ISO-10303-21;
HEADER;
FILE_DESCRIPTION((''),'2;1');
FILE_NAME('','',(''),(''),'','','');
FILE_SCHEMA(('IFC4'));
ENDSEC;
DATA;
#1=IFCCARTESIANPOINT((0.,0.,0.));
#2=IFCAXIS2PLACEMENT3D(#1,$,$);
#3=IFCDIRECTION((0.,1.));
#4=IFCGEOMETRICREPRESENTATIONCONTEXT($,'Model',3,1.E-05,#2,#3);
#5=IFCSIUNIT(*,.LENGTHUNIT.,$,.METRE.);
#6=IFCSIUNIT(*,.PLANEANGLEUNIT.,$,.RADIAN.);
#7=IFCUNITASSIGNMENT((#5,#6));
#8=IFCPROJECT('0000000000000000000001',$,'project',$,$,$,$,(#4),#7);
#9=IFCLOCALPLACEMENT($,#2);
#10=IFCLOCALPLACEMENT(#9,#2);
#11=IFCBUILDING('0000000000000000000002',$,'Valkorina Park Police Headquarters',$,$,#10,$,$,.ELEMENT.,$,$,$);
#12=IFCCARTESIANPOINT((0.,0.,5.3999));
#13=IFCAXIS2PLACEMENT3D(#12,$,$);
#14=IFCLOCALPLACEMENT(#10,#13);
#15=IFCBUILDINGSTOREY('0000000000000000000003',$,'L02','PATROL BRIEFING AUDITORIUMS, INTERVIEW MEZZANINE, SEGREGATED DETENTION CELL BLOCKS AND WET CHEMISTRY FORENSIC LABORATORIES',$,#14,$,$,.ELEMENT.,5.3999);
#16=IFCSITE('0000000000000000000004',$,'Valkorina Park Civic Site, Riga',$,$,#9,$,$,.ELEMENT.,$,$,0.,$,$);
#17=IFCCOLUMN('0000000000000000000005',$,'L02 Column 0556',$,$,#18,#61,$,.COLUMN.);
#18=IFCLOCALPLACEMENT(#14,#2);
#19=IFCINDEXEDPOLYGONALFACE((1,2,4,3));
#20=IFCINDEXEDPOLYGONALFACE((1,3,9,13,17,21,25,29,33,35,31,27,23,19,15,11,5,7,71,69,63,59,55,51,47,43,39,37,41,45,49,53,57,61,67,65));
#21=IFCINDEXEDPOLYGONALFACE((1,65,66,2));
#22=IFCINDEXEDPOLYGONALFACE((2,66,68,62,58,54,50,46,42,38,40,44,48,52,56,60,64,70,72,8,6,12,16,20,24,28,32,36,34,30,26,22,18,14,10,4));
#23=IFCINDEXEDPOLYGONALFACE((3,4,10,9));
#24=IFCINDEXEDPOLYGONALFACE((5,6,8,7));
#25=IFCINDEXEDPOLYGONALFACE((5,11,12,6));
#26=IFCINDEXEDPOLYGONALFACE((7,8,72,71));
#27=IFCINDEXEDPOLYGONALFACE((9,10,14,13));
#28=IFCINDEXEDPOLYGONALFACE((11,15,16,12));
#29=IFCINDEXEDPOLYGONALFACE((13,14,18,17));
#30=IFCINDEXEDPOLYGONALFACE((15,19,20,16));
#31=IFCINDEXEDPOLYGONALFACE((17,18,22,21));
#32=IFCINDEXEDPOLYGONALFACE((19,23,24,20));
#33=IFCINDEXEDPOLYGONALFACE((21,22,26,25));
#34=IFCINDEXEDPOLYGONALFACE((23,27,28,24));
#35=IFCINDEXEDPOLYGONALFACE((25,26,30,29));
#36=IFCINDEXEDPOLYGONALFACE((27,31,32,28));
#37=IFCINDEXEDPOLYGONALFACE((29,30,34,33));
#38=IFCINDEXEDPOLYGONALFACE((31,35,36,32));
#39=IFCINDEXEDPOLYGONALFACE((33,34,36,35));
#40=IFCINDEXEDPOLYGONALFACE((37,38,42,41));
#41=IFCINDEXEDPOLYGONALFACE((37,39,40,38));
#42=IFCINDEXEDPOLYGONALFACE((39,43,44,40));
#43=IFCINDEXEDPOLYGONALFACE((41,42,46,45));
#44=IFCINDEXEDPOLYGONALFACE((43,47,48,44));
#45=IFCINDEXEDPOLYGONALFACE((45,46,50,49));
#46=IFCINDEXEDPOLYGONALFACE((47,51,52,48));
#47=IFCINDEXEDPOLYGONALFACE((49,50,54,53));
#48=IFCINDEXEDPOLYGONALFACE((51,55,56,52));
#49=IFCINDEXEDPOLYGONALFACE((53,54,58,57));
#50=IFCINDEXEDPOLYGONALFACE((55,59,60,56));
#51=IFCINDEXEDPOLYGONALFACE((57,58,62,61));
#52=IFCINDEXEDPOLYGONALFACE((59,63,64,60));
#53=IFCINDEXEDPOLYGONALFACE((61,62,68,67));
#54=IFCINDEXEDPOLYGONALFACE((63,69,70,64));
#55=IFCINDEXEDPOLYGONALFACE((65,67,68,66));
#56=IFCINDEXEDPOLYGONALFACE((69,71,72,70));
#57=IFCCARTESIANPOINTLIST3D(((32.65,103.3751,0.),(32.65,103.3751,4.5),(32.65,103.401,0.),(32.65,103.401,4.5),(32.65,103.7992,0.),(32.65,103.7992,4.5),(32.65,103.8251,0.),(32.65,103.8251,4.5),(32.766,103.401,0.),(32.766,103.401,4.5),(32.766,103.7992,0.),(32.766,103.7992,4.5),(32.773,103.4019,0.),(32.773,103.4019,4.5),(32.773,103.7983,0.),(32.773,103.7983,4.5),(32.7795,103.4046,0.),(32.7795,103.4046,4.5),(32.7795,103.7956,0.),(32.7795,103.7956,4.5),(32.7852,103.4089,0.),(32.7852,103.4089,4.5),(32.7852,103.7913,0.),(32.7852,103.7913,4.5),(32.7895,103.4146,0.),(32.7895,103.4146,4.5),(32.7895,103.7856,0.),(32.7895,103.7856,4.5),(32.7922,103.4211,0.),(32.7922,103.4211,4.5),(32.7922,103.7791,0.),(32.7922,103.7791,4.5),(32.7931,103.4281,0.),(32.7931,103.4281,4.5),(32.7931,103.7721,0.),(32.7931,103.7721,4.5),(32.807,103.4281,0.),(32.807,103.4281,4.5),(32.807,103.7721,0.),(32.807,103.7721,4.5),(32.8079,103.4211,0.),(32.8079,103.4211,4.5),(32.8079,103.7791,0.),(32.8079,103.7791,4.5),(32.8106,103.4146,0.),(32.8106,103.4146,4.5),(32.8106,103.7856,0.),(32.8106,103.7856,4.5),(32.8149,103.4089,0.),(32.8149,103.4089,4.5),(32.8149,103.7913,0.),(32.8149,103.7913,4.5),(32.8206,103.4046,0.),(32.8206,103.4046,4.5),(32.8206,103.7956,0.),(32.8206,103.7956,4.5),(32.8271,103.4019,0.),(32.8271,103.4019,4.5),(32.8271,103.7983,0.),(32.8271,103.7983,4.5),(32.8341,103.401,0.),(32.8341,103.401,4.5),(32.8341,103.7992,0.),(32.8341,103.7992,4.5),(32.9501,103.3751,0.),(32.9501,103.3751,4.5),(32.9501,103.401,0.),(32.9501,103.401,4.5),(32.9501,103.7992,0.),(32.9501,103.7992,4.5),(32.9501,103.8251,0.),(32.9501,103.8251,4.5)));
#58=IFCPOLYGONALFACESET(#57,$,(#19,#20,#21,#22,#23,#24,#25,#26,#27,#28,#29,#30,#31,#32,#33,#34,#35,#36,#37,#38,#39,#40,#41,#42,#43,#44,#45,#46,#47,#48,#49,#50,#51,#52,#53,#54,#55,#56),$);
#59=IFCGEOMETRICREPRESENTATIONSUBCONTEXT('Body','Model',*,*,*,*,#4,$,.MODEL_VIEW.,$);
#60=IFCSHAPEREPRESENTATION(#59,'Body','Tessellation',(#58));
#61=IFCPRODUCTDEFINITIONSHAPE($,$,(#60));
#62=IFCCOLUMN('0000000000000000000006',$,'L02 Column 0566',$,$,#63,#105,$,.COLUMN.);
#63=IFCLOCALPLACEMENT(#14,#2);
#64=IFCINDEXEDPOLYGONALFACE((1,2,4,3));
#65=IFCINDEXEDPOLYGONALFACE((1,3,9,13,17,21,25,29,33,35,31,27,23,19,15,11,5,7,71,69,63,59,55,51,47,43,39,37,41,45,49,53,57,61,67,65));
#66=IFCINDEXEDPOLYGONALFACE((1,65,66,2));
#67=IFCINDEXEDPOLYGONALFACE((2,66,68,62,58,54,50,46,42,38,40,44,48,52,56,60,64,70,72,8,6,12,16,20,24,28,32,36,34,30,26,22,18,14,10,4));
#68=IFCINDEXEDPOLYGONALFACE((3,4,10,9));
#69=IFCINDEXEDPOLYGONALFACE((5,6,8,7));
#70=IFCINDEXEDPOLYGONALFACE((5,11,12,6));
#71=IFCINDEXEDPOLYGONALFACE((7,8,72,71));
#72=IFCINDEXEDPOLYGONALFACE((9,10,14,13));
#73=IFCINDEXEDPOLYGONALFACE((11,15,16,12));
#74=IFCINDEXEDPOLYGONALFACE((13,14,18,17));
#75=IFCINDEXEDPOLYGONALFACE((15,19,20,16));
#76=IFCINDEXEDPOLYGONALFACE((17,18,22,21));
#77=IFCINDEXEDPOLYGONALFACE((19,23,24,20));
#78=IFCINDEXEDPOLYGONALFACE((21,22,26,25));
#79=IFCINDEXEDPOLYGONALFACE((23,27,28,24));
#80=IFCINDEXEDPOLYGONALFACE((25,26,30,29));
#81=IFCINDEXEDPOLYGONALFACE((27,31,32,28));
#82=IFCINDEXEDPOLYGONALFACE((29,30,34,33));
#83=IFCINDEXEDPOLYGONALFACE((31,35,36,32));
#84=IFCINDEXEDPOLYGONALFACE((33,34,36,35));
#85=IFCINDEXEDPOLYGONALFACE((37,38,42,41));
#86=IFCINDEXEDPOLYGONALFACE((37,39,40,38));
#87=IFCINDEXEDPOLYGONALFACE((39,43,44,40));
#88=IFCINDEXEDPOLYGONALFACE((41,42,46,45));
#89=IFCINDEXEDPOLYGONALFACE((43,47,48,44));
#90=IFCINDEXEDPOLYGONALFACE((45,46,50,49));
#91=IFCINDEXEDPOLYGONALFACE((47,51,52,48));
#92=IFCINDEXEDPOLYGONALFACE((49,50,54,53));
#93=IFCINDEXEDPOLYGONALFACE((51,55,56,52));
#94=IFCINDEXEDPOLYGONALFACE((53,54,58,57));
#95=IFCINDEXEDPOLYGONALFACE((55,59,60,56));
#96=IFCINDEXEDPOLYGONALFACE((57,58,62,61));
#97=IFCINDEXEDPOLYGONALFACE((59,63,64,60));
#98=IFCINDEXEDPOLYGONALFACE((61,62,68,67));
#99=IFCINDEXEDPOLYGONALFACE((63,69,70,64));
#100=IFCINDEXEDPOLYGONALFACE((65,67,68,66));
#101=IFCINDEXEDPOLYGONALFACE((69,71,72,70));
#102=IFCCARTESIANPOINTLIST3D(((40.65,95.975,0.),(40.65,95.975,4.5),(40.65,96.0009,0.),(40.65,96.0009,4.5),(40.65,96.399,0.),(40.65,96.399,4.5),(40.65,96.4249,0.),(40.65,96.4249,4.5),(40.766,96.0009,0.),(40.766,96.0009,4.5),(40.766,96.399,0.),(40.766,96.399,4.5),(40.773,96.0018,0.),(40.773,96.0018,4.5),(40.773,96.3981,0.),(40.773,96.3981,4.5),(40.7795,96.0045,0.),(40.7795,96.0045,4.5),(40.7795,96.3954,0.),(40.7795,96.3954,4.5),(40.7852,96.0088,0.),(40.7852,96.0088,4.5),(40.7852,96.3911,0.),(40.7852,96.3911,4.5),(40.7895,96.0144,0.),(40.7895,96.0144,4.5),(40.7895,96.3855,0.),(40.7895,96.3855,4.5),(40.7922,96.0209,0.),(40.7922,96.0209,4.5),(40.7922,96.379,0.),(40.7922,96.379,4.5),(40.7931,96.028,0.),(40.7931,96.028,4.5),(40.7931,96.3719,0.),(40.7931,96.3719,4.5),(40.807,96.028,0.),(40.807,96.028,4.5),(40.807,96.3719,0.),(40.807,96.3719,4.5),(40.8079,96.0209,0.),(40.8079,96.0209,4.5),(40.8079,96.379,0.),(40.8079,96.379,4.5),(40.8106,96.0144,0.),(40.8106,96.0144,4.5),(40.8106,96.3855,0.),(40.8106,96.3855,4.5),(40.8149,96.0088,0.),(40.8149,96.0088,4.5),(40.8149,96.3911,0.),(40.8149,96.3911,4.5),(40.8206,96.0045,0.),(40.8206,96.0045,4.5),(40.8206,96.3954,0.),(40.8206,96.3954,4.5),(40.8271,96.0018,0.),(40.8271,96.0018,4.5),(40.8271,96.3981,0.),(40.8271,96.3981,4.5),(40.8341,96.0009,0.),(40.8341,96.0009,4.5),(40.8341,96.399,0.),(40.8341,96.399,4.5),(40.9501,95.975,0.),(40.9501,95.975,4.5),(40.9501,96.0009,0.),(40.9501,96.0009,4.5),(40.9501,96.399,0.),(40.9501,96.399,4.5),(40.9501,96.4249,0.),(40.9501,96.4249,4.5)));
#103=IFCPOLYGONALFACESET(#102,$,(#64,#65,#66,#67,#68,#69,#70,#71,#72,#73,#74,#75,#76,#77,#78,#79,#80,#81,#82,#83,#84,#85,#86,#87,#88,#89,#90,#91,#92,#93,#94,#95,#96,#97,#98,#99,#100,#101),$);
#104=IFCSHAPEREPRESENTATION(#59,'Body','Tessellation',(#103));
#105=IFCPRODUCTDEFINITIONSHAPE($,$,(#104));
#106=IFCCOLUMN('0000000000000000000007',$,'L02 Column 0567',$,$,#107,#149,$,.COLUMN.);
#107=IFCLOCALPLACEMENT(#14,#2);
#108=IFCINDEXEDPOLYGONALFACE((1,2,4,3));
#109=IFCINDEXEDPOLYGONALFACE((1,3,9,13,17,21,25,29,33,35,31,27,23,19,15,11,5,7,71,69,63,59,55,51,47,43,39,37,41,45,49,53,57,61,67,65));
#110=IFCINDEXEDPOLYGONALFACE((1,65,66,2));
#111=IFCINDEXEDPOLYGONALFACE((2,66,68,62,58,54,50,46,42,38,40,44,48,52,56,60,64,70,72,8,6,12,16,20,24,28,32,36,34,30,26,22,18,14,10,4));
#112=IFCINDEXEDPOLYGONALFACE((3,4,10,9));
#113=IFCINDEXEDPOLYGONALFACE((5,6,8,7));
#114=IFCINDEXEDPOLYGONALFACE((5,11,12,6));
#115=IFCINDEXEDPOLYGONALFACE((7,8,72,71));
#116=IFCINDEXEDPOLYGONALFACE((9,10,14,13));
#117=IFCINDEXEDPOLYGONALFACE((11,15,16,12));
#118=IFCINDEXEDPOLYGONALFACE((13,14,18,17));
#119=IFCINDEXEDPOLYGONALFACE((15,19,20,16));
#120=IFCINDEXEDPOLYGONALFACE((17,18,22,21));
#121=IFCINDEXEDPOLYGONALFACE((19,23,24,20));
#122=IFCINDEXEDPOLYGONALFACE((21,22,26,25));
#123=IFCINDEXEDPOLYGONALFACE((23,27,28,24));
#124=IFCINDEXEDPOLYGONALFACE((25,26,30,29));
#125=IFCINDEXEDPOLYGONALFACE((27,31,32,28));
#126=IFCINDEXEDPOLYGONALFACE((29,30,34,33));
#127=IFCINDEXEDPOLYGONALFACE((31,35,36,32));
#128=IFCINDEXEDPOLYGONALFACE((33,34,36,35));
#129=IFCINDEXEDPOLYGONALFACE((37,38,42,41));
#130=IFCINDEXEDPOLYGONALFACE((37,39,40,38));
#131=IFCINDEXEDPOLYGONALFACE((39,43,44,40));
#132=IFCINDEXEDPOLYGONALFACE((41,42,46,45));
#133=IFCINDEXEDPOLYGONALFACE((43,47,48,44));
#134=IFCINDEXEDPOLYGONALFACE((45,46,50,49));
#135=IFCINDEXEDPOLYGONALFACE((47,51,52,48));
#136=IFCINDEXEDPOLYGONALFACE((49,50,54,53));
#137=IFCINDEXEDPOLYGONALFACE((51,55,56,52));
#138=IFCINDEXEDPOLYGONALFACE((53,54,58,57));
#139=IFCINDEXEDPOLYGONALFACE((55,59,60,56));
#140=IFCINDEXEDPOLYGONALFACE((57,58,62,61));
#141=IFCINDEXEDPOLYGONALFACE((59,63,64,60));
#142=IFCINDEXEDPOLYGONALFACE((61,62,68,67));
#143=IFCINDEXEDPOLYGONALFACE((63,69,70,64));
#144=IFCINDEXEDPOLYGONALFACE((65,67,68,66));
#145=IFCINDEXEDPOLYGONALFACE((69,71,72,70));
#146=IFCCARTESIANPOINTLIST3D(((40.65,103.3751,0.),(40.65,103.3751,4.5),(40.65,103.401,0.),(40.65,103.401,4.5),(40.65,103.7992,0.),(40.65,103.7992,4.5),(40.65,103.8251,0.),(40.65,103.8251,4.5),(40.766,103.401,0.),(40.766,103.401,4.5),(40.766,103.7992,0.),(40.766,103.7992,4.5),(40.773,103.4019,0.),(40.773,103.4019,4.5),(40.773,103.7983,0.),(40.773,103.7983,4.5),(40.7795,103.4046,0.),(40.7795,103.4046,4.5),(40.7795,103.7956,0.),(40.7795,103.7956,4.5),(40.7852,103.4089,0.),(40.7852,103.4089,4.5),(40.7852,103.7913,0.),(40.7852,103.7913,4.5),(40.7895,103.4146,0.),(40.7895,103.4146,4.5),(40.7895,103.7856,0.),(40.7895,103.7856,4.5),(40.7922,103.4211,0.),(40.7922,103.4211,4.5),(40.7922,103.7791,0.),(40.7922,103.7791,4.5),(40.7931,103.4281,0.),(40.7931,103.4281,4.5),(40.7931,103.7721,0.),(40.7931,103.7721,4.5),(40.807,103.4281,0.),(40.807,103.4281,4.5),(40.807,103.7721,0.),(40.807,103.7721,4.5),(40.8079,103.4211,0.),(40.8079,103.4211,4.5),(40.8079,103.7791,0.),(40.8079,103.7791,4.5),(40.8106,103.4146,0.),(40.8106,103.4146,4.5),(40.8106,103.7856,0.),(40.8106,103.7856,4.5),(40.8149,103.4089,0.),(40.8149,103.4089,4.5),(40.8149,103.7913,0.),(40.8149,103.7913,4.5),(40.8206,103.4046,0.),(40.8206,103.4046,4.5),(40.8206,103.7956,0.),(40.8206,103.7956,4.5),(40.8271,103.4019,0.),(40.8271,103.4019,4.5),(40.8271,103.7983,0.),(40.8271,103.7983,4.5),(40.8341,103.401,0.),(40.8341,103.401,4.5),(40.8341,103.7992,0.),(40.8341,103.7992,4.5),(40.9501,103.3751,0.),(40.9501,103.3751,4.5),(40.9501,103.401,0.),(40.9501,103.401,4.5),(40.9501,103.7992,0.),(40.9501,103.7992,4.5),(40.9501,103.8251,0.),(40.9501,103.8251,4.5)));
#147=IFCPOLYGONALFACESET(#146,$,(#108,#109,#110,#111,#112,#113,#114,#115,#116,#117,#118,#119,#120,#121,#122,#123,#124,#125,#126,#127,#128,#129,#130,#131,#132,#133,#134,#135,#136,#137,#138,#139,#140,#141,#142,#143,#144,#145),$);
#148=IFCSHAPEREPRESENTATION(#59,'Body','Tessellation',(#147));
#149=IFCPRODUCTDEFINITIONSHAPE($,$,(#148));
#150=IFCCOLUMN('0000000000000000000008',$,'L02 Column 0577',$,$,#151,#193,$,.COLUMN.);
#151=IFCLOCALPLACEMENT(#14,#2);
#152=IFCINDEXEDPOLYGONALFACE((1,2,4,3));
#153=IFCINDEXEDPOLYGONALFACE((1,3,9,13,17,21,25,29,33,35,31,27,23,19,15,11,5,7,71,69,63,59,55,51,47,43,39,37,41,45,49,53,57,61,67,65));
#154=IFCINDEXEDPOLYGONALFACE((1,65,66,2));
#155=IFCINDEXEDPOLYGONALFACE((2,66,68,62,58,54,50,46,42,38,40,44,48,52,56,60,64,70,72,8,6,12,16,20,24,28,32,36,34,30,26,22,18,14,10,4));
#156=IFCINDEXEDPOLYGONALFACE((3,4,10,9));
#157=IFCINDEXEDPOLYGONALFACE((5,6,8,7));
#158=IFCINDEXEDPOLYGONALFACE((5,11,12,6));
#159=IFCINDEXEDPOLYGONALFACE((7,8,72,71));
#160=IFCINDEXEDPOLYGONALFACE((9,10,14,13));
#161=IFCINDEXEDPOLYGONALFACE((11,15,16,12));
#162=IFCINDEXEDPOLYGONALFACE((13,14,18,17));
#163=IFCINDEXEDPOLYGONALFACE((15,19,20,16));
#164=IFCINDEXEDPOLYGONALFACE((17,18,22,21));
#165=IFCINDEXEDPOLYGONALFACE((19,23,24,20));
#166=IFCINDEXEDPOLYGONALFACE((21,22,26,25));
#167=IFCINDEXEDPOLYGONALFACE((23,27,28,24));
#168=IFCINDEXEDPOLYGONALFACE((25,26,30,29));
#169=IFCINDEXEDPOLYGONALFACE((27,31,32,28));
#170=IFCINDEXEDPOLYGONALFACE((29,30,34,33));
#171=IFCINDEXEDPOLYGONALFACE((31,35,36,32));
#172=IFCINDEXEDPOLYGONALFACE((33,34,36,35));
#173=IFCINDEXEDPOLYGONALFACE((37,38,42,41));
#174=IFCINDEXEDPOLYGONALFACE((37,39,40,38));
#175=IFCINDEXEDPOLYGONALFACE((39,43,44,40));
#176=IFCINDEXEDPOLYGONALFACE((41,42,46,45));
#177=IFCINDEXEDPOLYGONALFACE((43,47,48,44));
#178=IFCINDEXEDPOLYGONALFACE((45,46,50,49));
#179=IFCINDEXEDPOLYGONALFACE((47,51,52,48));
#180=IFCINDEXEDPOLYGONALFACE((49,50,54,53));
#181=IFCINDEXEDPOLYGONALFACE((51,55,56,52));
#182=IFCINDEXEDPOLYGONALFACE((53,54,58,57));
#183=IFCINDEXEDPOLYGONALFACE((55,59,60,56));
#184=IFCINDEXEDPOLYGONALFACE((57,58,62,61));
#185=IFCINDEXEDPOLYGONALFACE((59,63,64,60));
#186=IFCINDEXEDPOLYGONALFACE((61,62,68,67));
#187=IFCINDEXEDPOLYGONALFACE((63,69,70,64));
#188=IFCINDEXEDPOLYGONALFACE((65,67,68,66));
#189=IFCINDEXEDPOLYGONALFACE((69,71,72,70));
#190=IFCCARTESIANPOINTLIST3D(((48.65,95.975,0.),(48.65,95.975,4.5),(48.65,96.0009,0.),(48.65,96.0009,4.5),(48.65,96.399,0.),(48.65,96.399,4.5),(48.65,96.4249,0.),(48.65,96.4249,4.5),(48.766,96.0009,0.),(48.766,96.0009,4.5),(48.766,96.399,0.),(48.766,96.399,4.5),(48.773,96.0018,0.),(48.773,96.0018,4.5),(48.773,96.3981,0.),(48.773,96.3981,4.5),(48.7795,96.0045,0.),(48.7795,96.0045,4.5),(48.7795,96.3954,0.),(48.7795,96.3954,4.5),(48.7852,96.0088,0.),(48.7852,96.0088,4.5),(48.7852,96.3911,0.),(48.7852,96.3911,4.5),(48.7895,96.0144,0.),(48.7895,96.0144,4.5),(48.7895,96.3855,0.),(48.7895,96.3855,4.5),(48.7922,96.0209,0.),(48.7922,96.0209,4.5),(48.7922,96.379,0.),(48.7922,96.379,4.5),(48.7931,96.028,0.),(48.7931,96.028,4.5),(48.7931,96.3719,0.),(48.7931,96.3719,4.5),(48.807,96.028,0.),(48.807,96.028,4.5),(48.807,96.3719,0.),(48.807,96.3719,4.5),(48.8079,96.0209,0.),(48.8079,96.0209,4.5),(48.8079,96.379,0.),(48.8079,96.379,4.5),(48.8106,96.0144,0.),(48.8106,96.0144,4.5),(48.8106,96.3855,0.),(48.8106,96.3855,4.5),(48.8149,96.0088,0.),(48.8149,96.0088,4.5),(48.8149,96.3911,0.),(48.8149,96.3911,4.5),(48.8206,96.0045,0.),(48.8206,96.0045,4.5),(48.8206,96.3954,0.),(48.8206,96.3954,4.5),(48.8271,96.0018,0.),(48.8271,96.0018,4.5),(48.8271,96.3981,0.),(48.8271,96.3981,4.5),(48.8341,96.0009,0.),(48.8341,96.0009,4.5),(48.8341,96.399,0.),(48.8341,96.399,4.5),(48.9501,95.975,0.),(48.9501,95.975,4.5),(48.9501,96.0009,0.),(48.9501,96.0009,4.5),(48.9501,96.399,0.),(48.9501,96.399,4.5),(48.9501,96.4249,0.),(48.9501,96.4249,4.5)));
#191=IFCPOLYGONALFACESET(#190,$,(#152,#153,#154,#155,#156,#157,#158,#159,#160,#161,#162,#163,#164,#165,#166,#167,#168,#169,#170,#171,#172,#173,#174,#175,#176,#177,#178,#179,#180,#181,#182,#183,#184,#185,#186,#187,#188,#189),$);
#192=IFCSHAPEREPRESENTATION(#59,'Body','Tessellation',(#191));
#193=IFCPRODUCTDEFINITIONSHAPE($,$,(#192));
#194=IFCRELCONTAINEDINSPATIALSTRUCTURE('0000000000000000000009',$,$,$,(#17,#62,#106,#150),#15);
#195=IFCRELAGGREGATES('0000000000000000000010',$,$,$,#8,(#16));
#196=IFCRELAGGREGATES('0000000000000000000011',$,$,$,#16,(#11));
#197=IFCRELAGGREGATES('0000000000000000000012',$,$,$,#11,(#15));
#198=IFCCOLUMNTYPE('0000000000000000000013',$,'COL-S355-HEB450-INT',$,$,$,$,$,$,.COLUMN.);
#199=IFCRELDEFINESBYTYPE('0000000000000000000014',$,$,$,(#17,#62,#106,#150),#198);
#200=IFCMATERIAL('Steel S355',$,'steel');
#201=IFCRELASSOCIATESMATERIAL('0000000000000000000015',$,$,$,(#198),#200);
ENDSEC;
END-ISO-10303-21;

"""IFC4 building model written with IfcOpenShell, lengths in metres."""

from ifc_helpers import new_model, si_unit, direction, frame, origin, origin_2d, place, context, subcontext, project, spatial, i_section, extrude, material, material_profile, profile_set, type_object, element, save


model = new_model("IFC4")

# Units and contexts
model_context = context("Model", 3, precision=1e-05, world=origin(), true_north=direction((0.0, 1.0)))
body_context = subcontext(model_context, "Body", "Model", "MODEL_VIEW")
ifc_project = project(units=[si_unit("LENGTHUNIT", "METRE"), si_unit("PLANEANGLEUNIT", "RADIAN")], contexts=[model_context])

# Site, building, storey
site_placement = place(None, origin())
site = spatial("IfcSite", under=ifc_project, at=site_placement, Name="Valkorina Park Civic Site, Riga", CompositionType="ELEMENT", RefElevation=0.0)
building_placement = place(site_placement, origin())
building = spatial("IfcBuilding", under=site, at=building_placement, Name="Valkorina Park Police Headquarters", CompositionType="ELEMENT")
storey_placement = place(building_placement, frame((0.0, 0.0, 5.3999)))
storey = spatial("IfcBuildingStorey", under=building, at=storey_placement, Name="L02", Description="PATROL BRIEFING AUDITORIUMS, INTERVIEW MEZZANINE, SEGREGATED DETENTION CELL BLOCKS AND WET CHEMISTRY FORENSIC LABORATORIES", CompositionType="ELEMENT", Elevation=5.3999)

# Columns
ifc_material_1 = material(Name="Steel S355", Category="steel")
ifc_material_profile_1 = material_profile(ifc_material_1, i_section(OverallWidth=0.3, OverallDepth=0.45, WebThickness=0.0139, FlangeThickness=0.0259, FilletRadius=0.0271, at=origin_2d()), Name="HEB 450")
ifc_profile_set_1 = profile_set([ifc_material_profile_1], Name="Steel S355")
column_type = type_object("IfcColumnType", Name="COL-S355-HEB450-INT", PredefinedType="COLUMN", material=ifc_profile_set_1)
for number, where, z_axis, x_axis, name in (
    (1, (32.8, 103.6001, 0.0), (0.0, 0.0, 1.0), (1.0, 0.0, 0.0), "L02 Column 0556"),
    (2, (40.8, 96.2, 0.0), (0.0, 0.0, 1.0), (1.0, 0.0, 0.0), "L02 Column 0566"),
    (3, (40.8, 103.6001, 0.0), (0.0, 0.0, 1.0), (1.0, 0.0, 0.0), "L02 Column 0567"),
    (4, (48.8, 96.2, 0.0), (0.0, 0.0, 1.0), (1.0, 0.0, 0.0), "L02 Column 0577"),
):
    element("IfcColumn", number, at=place(storey_placement, frame(where, z_axis=z_axis, x_axis=x_axis)), inside=storey, type_object=column_type, Name=name, PredefinedType="COLUMN", context=body_context, shape_type="SweptSolid", body=[
        extrude(i_section(OverallWidth=0.3, OverallDepth=0.45, WebThickness=0.0139, FlangeThickness=0.0259, FilletRadius=0.0271, at=origin_2d()), origin(), (0.0, 0.0, 1.0), 4.5),
    ])

save(model, "model.ifc")
